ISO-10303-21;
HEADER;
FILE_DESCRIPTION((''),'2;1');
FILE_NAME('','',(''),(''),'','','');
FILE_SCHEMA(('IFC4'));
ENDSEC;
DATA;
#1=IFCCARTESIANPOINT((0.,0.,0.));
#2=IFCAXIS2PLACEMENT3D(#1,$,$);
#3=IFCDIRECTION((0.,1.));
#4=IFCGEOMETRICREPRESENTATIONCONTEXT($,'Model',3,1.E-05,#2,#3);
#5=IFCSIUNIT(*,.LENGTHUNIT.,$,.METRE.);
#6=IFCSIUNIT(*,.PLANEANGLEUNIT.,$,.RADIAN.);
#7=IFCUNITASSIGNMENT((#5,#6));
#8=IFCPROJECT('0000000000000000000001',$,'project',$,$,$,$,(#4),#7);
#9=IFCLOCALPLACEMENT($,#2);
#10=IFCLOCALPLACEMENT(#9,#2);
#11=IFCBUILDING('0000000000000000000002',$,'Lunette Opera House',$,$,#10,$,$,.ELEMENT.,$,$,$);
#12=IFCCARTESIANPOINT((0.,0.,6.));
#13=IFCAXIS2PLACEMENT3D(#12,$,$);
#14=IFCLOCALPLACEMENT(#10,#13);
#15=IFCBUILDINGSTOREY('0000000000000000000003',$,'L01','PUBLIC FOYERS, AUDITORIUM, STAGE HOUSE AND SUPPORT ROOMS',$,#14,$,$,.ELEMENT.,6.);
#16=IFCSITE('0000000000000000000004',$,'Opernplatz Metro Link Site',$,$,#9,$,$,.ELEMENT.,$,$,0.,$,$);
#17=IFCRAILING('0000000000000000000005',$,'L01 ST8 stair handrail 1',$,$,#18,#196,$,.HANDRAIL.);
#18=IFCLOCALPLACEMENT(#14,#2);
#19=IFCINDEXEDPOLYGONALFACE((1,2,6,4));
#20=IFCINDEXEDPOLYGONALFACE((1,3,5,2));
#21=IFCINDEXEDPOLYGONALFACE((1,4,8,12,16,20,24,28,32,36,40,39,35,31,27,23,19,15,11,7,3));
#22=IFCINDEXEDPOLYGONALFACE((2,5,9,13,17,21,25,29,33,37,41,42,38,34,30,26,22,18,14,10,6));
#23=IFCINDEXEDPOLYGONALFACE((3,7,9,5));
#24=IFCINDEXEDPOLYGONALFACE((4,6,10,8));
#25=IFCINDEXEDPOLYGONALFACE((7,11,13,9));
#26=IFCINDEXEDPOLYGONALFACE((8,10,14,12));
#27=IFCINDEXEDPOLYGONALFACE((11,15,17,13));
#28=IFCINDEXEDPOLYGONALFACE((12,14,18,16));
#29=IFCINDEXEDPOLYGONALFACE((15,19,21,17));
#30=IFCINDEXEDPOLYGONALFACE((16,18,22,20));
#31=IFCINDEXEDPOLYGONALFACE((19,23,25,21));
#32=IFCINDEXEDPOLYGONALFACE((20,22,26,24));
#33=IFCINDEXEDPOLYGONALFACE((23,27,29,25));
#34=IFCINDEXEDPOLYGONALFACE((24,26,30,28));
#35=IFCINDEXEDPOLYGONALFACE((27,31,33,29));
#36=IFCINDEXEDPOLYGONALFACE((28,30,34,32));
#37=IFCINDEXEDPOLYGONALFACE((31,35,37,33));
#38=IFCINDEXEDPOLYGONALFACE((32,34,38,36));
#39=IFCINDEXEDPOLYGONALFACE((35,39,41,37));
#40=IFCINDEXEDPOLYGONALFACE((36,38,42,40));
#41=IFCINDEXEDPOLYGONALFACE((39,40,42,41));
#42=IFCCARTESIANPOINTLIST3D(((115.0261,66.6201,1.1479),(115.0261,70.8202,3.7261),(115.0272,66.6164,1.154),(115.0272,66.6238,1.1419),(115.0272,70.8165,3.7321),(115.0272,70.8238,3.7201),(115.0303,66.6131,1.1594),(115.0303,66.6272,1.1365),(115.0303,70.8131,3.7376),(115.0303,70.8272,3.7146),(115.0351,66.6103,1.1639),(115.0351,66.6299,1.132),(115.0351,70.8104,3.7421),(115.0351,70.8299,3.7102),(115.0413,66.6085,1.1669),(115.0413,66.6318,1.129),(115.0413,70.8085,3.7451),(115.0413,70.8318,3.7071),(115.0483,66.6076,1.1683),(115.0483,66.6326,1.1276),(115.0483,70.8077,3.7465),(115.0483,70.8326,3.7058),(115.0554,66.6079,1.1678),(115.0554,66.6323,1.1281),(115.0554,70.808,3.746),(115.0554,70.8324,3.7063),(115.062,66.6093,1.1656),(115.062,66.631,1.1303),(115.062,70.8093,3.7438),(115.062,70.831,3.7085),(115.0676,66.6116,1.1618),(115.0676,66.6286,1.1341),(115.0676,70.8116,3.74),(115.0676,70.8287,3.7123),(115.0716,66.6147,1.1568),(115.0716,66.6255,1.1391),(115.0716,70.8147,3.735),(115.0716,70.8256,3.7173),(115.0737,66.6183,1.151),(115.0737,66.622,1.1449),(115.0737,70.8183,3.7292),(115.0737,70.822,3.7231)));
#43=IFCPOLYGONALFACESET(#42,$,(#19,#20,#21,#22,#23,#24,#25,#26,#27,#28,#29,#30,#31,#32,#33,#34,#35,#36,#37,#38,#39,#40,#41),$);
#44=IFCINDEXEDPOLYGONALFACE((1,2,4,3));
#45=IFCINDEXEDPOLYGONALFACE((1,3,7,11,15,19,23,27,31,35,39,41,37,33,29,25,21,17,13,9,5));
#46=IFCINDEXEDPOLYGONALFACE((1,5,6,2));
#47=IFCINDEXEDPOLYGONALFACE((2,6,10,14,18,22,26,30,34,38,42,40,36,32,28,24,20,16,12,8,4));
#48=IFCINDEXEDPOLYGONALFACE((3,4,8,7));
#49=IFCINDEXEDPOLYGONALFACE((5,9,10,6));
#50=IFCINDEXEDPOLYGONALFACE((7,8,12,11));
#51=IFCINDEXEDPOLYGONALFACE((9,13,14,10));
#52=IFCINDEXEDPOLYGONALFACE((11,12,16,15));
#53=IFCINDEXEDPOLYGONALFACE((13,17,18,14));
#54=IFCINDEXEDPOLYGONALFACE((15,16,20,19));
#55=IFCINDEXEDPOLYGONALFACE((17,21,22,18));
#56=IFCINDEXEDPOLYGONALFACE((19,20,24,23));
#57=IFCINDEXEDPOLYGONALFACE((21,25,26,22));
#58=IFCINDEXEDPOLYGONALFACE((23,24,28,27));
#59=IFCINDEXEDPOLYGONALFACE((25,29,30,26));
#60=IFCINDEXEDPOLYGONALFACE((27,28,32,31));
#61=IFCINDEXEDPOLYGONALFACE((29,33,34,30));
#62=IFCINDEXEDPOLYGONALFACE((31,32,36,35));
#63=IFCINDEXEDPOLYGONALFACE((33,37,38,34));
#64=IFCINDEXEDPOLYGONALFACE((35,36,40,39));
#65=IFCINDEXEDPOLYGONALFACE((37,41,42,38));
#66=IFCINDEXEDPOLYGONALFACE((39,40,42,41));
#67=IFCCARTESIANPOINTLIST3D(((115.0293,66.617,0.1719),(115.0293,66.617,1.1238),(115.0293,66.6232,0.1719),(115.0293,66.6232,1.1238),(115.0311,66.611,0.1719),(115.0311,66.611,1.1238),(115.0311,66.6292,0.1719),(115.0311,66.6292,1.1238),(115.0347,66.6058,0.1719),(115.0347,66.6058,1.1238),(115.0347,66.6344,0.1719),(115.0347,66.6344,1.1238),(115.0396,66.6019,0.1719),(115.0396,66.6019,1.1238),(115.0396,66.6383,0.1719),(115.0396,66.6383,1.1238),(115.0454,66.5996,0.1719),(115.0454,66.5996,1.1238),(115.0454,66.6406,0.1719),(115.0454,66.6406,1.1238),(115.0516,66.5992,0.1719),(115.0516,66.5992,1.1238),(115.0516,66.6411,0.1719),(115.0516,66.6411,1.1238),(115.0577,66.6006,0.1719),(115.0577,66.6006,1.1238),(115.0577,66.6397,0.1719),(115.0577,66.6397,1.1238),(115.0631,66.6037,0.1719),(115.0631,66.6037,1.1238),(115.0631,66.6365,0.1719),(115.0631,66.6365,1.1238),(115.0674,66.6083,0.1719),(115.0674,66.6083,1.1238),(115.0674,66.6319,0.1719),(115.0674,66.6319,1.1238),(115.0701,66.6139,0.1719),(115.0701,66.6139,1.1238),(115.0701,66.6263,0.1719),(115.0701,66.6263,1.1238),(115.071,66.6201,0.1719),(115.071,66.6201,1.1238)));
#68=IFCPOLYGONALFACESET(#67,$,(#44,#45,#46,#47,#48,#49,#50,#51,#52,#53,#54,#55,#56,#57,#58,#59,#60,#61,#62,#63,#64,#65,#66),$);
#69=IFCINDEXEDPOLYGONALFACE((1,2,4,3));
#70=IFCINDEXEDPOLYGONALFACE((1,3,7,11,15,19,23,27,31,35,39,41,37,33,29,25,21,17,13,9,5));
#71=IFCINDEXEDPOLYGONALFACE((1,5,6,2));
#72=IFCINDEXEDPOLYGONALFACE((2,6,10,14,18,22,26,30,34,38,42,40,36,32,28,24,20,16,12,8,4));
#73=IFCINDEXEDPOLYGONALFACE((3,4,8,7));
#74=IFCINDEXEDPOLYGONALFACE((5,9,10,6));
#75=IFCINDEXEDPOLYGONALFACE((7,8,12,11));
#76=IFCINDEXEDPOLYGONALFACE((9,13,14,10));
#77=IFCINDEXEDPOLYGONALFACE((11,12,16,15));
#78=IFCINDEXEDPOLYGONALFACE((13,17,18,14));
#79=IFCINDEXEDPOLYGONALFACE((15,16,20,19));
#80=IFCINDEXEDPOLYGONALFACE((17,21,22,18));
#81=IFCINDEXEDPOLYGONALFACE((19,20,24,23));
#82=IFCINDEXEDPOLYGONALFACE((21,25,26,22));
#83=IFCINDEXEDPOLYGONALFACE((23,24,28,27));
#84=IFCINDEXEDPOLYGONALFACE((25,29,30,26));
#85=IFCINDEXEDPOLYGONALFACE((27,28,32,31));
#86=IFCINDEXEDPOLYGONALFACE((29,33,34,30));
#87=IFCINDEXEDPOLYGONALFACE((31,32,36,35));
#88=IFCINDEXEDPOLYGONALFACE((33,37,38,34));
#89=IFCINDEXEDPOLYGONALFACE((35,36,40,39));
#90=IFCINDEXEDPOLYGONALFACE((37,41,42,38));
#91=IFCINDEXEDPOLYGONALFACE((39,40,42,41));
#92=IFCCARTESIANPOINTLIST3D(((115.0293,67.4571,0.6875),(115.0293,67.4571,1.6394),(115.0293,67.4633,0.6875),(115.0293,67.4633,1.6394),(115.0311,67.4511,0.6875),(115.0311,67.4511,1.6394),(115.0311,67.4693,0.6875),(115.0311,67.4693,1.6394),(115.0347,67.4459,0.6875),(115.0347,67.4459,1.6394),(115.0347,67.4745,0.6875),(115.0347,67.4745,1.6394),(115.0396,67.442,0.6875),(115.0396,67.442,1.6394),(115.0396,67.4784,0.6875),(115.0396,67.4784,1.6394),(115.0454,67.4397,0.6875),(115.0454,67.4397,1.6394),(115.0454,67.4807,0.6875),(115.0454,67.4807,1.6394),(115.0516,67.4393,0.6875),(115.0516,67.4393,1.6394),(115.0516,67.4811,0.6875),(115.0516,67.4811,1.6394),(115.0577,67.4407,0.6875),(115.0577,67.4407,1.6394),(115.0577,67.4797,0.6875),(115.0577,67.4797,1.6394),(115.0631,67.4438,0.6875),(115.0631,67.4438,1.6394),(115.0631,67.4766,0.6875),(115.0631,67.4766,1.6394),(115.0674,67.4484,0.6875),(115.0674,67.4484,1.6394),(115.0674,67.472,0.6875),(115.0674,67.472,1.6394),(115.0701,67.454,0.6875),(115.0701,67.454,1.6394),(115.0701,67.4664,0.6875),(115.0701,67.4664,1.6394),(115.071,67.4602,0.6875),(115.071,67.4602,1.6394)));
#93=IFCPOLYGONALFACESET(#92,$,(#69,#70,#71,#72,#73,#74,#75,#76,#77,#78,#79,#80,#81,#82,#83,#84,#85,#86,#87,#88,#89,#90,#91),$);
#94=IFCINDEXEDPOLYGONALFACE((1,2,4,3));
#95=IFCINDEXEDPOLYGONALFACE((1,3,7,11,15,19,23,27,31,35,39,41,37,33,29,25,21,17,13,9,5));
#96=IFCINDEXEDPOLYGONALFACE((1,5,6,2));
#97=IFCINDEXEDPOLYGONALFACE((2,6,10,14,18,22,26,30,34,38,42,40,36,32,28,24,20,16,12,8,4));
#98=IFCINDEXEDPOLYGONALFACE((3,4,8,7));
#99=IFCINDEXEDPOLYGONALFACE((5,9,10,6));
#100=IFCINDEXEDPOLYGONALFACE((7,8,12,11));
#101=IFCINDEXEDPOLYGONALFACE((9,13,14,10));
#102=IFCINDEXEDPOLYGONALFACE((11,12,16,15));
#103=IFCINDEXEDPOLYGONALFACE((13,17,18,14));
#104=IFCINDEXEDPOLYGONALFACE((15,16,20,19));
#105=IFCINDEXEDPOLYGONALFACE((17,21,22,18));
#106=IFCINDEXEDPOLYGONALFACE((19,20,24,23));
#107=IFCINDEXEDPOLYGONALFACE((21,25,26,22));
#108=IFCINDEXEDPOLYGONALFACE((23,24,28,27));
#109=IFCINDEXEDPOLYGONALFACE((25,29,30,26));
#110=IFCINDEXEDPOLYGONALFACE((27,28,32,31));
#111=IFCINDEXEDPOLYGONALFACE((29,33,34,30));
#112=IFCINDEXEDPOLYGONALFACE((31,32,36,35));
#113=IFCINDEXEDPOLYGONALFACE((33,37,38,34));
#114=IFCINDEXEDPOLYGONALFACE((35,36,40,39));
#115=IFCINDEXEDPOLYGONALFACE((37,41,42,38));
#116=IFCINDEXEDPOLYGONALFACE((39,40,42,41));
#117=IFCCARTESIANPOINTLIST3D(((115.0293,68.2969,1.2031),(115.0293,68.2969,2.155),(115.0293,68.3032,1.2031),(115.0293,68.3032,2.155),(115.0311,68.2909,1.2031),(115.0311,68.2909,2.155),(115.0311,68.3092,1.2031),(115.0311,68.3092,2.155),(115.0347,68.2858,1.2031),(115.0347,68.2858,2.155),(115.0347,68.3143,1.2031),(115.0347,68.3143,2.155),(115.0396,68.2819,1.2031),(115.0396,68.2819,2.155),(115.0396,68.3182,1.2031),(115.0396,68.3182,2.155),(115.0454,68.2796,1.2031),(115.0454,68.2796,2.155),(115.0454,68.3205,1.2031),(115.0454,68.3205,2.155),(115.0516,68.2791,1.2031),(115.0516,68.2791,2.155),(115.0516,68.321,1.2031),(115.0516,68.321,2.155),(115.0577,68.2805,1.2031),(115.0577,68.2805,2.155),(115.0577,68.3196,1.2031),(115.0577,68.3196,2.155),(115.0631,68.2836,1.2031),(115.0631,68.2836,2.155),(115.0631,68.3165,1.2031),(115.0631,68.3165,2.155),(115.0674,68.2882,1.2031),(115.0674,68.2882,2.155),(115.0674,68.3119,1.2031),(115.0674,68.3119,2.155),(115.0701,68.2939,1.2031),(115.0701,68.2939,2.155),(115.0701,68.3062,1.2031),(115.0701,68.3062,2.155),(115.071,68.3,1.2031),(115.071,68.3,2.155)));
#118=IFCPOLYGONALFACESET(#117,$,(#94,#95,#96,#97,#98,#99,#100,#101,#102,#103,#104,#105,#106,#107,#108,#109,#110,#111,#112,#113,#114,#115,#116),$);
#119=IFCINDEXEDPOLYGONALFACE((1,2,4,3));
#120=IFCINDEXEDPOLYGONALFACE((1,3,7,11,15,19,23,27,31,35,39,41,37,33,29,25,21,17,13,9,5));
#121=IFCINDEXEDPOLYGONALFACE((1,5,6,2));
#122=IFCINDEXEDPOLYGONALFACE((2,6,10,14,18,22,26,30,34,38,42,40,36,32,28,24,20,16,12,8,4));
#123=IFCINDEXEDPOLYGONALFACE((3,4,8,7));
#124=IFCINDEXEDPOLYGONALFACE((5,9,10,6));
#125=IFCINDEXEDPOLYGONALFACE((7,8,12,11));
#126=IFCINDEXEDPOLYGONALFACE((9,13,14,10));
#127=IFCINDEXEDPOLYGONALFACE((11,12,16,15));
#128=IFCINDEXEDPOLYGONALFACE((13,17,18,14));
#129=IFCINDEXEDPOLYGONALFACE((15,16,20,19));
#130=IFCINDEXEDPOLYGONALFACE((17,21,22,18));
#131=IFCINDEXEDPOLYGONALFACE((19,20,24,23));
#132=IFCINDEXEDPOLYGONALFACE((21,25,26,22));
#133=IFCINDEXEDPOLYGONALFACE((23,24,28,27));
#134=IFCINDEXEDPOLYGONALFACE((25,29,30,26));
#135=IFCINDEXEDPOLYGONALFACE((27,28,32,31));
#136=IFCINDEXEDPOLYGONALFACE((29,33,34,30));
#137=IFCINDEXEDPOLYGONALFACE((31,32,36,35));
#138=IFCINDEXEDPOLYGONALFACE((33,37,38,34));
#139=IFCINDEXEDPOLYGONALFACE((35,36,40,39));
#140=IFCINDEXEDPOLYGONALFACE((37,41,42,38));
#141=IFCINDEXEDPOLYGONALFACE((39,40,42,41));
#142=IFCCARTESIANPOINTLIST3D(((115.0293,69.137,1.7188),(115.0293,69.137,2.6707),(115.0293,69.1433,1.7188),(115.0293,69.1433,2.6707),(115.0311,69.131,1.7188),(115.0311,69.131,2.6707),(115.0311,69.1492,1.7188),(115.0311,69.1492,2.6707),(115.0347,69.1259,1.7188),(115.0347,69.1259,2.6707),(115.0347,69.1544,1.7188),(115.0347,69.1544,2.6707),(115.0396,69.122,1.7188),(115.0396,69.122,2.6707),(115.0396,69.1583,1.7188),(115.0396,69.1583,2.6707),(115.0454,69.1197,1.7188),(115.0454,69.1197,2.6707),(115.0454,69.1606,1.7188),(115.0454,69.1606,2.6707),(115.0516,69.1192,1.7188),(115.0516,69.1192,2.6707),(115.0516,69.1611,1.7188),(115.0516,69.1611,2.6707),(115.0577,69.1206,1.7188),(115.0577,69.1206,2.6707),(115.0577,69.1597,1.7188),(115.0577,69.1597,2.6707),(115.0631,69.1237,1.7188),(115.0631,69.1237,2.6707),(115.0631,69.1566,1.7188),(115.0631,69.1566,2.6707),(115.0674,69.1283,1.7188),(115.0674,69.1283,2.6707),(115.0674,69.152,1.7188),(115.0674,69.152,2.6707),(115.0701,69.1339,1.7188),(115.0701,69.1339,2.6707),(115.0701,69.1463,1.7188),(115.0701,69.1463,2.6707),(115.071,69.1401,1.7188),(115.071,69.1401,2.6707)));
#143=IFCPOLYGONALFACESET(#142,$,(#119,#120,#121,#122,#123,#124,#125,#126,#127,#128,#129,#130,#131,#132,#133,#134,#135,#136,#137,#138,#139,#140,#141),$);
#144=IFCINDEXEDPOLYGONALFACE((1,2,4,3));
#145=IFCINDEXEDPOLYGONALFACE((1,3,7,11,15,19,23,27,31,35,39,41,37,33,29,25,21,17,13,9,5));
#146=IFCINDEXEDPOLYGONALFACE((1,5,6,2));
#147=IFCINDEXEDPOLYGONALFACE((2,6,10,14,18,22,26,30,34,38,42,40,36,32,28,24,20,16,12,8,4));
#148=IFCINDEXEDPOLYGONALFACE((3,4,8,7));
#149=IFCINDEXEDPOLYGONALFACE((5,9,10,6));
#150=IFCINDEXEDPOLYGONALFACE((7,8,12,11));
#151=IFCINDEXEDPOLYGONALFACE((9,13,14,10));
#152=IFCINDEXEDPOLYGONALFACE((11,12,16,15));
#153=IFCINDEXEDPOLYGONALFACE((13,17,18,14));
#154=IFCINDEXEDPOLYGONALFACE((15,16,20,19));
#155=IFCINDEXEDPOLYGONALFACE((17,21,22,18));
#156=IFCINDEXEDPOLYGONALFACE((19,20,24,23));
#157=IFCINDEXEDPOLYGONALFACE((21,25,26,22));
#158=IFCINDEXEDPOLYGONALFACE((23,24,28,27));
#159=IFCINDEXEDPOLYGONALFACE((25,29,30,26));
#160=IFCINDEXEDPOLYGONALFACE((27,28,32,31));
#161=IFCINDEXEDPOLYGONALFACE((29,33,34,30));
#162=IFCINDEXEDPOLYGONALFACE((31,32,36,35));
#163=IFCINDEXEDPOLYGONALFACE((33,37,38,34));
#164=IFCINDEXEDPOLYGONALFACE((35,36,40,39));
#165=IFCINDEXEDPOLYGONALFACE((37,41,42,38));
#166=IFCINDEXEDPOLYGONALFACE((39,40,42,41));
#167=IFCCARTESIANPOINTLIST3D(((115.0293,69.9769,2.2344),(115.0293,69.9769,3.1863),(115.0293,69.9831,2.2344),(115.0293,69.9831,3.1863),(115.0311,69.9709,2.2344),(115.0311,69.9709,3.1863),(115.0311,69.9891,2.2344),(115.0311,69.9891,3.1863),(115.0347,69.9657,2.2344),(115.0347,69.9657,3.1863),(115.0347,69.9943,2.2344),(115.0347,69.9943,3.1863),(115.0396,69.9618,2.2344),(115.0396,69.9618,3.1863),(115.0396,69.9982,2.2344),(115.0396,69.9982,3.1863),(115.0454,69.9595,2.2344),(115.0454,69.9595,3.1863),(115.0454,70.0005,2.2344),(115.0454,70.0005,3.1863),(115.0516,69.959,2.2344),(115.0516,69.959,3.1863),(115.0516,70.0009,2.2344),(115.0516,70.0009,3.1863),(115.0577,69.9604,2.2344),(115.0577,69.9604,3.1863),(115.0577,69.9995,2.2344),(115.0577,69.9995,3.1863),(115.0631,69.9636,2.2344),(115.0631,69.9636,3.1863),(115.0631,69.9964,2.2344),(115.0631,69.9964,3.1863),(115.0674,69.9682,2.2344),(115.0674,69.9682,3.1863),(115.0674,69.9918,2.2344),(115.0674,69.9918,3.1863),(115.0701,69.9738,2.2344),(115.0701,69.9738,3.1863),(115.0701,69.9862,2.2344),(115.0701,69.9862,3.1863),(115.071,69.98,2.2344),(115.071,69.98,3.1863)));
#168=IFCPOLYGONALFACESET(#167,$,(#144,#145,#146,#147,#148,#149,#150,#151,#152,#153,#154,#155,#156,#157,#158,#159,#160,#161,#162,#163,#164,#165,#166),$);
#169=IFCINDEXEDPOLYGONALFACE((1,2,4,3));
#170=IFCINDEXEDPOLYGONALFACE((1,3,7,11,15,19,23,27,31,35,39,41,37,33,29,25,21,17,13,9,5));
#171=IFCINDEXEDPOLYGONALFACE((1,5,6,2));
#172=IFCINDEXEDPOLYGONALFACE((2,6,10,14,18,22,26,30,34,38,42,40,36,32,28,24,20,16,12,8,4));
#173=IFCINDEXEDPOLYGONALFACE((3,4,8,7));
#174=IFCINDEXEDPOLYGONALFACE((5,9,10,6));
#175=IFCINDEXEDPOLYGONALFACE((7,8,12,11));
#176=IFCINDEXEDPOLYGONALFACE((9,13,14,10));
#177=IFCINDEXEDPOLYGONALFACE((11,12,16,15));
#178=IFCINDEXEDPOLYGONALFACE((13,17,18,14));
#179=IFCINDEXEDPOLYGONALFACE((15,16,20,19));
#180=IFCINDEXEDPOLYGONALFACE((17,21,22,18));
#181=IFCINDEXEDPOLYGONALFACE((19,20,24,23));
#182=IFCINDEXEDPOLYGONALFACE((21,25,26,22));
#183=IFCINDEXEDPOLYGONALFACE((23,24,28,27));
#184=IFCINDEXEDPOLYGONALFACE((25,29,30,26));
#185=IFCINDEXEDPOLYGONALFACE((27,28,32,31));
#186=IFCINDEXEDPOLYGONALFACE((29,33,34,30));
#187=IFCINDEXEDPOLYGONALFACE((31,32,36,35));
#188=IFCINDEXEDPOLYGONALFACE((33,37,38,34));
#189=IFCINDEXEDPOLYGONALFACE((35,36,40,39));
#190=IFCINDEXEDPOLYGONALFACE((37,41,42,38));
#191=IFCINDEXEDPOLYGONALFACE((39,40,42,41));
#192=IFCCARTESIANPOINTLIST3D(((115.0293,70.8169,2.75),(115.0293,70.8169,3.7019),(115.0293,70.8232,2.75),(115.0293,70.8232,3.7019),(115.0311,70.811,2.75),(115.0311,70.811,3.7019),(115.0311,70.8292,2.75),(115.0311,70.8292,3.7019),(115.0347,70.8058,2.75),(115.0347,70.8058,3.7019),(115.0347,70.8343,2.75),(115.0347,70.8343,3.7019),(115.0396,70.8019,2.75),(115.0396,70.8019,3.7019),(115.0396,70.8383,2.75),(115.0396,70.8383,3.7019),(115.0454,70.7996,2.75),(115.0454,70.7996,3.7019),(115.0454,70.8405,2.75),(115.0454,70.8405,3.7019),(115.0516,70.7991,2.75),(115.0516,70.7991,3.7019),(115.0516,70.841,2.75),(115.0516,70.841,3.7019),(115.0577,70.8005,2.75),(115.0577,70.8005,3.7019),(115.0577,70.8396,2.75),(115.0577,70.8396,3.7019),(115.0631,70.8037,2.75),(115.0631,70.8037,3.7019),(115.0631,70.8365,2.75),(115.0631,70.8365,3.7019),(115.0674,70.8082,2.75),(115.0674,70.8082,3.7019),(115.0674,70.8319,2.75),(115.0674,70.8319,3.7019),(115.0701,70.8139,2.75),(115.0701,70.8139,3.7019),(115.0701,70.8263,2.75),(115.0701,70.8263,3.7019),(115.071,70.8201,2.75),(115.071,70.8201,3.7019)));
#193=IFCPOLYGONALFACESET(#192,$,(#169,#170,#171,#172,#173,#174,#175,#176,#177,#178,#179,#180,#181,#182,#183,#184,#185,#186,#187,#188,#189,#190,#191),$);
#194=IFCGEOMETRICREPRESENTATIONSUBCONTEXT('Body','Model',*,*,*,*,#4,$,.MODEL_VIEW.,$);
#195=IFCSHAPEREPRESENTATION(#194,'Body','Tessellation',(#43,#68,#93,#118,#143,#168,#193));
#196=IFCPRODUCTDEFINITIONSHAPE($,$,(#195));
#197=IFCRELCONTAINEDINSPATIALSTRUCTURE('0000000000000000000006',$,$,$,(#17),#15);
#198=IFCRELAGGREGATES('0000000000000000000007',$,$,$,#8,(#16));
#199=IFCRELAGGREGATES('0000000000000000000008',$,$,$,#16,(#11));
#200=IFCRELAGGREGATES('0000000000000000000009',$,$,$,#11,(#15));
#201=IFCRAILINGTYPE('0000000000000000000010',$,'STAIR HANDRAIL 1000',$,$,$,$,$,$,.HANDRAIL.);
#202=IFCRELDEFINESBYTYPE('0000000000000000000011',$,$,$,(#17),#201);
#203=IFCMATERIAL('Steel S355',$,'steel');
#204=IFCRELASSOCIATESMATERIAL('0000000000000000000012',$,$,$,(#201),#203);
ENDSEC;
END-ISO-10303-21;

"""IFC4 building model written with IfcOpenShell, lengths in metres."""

from ifc_helpers import new_model, si_unit, direction, frame, origin, origin_2d, place, context, subcontext, project, spatial, circle, extrude, material, type_object, element, save


model = new_model("IFC4")

# Units and contexts
model_context = context("Model", 3, precision=1e-05, world=origin(), true_north=direction((0.0, 1.0)))
body_context = subcontext(model_context, "Body", "Model", "MODEL_VIEW")
ifc_project = project(units=[si_unit("LENGTHUNIT", "METRE"), si_unit("PLANEANGLEUNIT", "RADIAN")], contexts=[model_context])

# Site, building, storey
site_placement = place(None, origin())
site = spatial("IfcSite", under=ifc_project, at=site_placement, Name="Opernplatz Metro Link Site", CompositionType="ELEMENT", RefElevation=0.0)
building_placement = place(site_placement, origin())
building = spatial("IfcBuilding", under=site, at=building_placement, Name="Lunette Opera House", CompositionType="ELEMENT")
storey_placement = place(building_placement, frame((0.0, 0.0, 6.0)))
storey = spatial("IfcBuildingStorey", under=building, at=storey_placement, Name="L01", Description="PUBLIC FOYERS, AUDITORIUM, STAGE HOUSE AND SUPPORT ROOMS", CompositionType="ELEMENT", Elevation=6.0)

# Railing
ifc_material_1 = material(Name="Steel S355", Category="steel")
railing_type_1 = type_object("IfcRailingType", Name="STAIR HANDRAIL 1000", PredefinedType="HANDRAIL", material=ifc_material_1)
railing_1_placement = place(storey_placement, frame((115.05, 66.6201, 0.1719)))
element("IfcRailing", 1, at=railing_1_placement, inside=storey, type_object=railing_type_1, Name="L01 ST8 stair handrail 1", PredefinedType="HANDRAIL", context=body_context, shape_type="SweptSolid", body=[
    extrude(circle(Radius=0.0239, at=origin_2d()), frame((0.0, 0.0, 0.9761), z_axis=(0.0, 0.852243, 0.523146), x_axis=(-1.0, 0.0, 0.0)), (0.0, 0.0, 1.0), 4.9282),
    extrude(circle(Radius=0.021, at=origin_2d()), origin(), (0.0, 0.0, 1.0), 0.9519),
    extrude(circle(Radius=0.021, at=origin_2d()), frame((0.0, 0.8401, 0.5156)), (0.0, 0.0, 1.0), 0.9519),
    extrude(circle(Radius=0.021, at=origin_2d()), frame((0.0, 1.6799, 1.0312)), (0.0, 0.0, 1.0), 0.9519),
    extrude(circle(Radius=0.021, at=origin_2d()), frame((0.0, 2.52, 1.5469)), (0.0, 0.0, 1.0), 0.9519),
    extrude(circle(Radius=0.021, at=origin_2d()), frame((0.0, 3.3599, 2.0625)), (0.0, 0.0, 1.0), 0.9519),
    extrude(circle(Radius=0.021, at=origin_2d()), frame((0.0, 4.2, 2.5781)), (0.0, 0.0, 1.0), 0.9519),
])

save(model, "model.ifc")
